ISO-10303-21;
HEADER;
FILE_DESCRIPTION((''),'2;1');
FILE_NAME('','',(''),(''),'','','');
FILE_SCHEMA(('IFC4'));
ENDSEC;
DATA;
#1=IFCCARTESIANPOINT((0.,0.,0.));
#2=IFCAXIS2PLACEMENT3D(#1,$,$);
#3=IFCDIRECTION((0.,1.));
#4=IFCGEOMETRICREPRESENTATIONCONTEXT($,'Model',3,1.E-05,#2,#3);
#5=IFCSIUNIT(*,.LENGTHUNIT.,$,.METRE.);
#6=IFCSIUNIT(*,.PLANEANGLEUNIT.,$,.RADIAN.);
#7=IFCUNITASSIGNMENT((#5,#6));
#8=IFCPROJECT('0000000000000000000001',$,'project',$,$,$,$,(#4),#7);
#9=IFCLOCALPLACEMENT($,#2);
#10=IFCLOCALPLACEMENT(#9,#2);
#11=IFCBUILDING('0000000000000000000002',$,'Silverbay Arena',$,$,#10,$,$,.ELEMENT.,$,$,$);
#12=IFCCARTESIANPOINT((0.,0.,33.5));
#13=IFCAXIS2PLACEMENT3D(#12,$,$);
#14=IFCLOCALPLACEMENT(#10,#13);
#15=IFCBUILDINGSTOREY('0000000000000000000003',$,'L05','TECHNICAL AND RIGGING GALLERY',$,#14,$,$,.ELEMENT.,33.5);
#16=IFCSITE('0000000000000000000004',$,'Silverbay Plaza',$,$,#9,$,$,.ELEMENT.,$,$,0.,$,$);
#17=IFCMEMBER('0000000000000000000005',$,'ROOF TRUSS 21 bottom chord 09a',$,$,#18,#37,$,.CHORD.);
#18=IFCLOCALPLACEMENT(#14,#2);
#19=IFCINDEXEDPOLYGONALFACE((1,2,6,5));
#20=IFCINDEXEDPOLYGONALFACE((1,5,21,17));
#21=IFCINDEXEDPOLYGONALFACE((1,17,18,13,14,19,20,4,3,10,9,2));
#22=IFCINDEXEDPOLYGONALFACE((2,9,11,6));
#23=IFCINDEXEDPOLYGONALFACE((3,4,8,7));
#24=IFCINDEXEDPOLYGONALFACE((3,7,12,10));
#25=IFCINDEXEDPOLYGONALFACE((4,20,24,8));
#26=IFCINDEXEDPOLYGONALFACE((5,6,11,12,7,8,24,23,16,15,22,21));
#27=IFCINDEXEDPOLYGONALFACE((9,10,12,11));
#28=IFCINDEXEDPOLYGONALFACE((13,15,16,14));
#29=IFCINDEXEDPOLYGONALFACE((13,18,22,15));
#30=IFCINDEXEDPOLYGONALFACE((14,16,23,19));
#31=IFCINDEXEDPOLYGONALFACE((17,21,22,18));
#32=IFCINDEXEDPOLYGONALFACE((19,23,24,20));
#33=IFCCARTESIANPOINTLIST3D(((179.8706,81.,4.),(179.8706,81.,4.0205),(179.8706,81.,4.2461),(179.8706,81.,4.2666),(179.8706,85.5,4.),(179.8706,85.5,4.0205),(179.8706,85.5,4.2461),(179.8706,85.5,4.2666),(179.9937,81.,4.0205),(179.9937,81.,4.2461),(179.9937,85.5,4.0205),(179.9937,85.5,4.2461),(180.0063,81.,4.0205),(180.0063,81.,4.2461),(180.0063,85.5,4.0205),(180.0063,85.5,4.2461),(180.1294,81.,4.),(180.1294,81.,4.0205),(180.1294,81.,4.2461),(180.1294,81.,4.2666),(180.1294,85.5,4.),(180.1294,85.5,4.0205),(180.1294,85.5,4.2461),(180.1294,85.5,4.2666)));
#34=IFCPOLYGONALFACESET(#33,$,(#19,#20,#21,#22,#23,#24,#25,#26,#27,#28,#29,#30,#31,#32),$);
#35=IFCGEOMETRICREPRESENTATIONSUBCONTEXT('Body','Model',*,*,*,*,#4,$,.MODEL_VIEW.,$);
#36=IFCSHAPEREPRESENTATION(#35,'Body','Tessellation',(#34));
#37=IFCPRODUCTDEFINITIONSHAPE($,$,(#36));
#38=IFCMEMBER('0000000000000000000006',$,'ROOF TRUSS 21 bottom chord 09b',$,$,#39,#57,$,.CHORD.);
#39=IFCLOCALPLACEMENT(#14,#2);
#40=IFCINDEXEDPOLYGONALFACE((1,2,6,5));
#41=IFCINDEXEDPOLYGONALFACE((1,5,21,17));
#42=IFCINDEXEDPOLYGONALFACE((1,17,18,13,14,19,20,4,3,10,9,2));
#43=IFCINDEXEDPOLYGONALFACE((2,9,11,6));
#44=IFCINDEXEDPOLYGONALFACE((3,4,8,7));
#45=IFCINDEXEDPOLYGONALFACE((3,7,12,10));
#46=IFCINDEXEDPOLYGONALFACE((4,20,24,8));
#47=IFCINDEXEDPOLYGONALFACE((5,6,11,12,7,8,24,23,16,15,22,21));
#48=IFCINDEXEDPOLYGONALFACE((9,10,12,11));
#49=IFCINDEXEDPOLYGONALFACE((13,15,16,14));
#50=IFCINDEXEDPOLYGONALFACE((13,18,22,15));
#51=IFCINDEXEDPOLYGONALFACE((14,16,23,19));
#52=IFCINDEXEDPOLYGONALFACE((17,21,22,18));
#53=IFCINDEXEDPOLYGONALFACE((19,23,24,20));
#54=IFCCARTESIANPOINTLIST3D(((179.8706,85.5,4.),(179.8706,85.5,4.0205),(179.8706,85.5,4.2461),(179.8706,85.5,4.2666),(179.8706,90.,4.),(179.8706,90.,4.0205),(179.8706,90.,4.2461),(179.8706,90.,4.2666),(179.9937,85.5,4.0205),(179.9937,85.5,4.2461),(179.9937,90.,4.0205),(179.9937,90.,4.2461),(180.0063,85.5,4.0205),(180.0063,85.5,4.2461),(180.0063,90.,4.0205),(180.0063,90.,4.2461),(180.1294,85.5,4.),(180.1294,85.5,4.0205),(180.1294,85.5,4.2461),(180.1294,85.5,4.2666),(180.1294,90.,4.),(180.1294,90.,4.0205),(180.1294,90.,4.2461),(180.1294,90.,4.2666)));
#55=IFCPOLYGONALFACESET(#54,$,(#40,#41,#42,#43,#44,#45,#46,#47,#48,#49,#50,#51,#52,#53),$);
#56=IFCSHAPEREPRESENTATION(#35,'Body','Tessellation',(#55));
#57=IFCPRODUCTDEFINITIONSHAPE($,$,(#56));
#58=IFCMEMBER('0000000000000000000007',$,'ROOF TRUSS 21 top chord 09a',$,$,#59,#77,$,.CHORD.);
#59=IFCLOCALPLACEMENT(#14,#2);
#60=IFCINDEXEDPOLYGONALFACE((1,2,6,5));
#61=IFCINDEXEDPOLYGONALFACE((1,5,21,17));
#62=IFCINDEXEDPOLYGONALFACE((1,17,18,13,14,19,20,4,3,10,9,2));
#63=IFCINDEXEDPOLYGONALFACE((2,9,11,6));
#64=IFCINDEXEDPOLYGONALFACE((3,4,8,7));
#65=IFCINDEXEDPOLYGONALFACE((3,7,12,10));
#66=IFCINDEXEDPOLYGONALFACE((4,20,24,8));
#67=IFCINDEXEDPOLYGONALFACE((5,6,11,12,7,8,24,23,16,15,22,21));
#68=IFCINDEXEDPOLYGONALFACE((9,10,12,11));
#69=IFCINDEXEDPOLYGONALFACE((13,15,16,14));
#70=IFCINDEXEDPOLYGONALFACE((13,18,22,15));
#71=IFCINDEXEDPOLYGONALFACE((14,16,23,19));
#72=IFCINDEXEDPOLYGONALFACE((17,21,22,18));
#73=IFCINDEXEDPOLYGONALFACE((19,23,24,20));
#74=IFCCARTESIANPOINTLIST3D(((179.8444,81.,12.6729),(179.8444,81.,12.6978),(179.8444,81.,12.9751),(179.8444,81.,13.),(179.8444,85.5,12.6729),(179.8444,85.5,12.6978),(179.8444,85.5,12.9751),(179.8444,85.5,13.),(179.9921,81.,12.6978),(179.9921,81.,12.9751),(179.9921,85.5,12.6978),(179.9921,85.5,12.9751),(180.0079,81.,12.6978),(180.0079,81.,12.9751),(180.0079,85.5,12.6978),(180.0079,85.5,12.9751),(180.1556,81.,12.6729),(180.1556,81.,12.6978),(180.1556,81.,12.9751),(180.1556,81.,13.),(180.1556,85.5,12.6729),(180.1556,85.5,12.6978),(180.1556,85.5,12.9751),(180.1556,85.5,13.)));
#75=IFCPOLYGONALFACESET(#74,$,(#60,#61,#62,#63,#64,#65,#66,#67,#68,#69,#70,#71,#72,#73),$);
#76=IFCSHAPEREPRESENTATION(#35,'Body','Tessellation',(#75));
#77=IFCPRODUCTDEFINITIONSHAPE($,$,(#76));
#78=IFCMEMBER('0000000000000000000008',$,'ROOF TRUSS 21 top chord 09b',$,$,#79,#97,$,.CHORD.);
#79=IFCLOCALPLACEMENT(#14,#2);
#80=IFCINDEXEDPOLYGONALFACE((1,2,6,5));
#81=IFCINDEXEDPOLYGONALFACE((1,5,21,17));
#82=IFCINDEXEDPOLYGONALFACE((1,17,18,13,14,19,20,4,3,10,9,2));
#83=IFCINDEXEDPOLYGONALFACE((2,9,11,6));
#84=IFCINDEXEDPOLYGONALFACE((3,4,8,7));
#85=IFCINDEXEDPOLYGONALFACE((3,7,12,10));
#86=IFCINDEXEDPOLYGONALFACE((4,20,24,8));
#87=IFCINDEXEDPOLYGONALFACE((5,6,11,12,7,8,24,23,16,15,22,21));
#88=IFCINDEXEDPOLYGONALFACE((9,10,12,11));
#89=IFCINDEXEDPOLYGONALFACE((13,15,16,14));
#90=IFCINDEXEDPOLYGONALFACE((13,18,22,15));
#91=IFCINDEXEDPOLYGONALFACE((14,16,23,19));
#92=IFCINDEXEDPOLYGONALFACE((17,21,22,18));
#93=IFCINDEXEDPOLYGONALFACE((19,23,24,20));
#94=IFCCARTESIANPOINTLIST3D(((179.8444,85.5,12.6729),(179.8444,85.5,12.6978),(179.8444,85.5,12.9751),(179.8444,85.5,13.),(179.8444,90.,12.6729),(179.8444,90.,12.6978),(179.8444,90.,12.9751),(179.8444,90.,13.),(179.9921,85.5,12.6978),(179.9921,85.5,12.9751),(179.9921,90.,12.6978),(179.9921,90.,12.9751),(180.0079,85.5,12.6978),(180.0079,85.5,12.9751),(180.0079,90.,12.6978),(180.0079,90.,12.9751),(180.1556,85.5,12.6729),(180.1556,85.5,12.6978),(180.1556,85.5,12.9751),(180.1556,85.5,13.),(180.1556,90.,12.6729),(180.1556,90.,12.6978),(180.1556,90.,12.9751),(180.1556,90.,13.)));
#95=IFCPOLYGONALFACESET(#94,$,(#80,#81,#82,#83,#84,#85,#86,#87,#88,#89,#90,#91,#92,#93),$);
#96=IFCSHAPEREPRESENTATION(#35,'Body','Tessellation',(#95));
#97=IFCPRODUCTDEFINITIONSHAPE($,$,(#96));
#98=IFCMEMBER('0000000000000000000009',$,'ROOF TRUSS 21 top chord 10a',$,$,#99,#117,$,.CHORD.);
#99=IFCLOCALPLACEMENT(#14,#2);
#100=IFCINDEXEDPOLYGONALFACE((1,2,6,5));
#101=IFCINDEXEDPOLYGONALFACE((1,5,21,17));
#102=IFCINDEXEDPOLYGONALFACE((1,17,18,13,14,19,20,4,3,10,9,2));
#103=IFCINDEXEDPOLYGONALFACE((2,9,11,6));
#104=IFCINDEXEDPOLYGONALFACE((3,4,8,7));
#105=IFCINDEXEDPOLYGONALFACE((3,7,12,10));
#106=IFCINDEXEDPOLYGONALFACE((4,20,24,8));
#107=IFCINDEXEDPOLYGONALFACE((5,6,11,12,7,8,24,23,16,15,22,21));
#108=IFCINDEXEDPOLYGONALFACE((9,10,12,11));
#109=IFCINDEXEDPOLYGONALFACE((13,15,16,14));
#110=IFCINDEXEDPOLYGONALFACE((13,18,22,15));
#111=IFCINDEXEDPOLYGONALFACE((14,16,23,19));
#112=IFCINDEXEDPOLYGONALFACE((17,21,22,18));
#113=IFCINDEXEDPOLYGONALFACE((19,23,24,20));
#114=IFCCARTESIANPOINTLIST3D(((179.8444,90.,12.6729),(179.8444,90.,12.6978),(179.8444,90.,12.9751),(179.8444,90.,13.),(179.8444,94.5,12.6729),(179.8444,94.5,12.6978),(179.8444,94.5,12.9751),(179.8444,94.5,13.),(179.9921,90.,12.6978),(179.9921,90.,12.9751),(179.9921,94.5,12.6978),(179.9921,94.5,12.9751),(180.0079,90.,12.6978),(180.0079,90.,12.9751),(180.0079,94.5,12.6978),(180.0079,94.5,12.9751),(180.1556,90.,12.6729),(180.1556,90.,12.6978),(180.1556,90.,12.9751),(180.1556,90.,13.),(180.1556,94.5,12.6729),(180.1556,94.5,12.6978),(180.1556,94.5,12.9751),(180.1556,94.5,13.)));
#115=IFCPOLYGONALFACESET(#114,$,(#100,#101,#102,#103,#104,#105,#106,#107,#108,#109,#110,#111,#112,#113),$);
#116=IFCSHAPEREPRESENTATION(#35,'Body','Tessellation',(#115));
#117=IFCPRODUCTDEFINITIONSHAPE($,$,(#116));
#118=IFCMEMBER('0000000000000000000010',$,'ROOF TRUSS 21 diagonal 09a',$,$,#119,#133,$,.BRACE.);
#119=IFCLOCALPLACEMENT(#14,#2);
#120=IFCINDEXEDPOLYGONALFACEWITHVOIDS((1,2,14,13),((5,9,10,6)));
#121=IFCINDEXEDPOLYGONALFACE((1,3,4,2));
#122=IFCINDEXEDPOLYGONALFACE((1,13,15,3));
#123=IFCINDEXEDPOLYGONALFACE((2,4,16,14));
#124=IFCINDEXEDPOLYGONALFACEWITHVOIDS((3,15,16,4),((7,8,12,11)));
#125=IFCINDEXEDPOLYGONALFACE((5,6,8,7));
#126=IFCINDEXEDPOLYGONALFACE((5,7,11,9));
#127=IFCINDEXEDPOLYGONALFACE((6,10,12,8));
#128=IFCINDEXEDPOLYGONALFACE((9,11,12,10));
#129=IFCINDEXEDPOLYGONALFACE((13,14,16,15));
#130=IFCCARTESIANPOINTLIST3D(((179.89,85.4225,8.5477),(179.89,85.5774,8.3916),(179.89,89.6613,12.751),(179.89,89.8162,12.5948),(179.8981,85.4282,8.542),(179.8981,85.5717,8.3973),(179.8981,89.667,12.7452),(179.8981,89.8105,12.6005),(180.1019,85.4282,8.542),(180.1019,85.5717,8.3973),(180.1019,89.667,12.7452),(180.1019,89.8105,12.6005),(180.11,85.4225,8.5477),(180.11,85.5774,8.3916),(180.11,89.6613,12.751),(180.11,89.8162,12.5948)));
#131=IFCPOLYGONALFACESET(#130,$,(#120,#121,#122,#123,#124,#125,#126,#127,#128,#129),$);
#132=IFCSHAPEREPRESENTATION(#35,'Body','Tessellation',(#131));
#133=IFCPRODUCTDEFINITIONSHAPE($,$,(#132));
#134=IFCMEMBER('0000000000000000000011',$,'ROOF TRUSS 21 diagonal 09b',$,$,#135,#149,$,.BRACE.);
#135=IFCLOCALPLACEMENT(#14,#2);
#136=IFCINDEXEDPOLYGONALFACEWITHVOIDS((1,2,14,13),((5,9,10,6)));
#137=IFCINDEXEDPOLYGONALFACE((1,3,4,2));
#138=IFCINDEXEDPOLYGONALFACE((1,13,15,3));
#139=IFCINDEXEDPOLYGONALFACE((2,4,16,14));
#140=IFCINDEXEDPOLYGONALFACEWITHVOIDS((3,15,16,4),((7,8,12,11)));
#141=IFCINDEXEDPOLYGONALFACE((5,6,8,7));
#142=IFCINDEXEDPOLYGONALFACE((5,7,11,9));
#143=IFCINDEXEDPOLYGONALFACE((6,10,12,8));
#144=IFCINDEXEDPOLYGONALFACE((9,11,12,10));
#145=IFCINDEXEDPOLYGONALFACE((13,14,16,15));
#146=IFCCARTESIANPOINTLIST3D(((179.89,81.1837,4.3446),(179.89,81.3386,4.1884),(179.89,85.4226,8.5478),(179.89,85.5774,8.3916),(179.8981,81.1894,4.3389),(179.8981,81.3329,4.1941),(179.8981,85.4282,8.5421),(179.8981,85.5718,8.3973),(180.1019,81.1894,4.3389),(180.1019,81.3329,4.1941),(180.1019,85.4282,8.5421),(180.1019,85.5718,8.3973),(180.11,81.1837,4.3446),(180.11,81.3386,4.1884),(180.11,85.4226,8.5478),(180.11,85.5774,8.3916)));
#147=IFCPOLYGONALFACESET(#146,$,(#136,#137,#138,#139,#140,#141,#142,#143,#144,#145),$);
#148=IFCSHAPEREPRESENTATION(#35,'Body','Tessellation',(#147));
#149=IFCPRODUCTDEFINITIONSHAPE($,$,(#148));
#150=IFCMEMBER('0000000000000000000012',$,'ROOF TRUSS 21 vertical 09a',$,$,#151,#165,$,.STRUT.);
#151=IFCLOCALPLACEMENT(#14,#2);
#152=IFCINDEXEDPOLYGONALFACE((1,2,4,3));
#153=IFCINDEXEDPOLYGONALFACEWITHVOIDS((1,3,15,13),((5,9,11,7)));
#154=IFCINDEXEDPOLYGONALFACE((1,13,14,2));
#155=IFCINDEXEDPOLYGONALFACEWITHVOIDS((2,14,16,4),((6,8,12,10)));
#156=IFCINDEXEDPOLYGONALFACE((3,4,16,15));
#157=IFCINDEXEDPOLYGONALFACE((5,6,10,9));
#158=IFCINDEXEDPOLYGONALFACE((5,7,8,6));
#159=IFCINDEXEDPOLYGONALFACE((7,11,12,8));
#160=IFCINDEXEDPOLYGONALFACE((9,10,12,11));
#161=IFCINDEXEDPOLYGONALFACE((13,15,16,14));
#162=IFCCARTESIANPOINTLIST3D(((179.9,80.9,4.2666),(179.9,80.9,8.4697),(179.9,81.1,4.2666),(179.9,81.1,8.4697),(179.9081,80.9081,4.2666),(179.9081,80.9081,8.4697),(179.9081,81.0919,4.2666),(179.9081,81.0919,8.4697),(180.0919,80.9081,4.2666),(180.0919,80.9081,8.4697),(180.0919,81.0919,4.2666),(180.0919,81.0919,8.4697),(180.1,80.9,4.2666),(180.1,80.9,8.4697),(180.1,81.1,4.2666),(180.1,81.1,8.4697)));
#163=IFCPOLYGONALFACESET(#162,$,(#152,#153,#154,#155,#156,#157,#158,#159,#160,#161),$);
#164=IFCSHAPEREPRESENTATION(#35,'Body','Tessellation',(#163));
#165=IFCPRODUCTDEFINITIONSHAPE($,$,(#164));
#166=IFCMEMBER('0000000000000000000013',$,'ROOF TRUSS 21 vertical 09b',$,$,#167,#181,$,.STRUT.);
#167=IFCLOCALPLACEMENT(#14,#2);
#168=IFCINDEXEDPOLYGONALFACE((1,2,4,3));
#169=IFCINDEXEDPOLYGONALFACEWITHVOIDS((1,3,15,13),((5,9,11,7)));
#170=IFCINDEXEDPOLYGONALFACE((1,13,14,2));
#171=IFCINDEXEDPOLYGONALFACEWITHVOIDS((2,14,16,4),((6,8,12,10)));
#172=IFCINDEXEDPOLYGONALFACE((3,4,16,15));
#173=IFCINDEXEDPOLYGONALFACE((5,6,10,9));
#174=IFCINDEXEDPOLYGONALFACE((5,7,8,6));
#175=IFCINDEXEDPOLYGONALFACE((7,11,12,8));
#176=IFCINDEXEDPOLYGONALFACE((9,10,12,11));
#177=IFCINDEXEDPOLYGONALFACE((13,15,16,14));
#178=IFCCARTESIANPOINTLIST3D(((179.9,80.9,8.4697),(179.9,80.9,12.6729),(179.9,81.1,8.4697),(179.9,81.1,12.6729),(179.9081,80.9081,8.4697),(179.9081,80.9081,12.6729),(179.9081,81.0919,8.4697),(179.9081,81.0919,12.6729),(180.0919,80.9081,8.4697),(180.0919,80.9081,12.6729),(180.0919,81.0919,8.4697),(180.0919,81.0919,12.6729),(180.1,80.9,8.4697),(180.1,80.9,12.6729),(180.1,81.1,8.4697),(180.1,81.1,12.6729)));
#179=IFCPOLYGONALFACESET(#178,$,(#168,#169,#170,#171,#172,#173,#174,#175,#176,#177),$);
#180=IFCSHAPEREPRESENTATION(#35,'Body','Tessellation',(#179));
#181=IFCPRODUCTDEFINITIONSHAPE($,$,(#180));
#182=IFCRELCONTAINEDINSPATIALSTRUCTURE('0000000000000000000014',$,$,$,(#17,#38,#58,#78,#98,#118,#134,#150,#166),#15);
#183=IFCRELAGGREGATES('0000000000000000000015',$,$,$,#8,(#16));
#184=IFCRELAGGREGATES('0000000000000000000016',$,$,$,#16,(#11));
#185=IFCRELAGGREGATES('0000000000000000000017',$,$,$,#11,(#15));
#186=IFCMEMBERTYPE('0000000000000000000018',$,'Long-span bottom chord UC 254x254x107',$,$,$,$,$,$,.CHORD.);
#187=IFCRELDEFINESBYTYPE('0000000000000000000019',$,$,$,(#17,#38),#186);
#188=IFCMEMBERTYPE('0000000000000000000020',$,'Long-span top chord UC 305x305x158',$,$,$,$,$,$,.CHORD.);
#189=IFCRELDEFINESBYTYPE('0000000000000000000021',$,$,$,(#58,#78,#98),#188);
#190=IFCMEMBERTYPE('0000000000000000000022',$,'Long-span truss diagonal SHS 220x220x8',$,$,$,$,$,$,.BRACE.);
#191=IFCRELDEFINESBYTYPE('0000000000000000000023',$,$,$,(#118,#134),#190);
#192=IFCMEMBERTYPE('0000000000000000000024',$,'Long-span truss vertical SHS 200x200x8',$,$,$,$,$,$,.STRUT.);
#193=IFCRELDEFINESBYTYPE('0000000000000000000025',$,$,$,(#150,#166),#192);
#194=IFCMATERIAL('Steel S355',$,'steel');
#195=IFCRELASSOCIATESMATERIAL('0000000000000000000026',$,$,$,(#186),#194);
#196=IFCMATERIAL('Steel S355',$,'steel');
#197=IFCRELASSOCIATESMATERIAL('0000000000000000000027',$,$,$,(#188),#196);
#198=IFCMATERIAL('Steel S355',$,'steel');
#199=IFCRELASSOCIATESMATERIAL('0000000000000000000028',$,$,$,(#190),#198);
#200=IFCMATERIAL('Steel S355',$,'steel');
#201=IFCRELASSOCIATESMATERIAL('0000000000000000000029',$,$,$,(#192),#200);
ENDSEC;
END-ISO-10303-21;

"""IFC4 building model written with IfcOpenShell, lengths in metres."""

from ifc_helpers import new_model, si_unit, direction, frame, origin, origin_2d, place, context, subcontext, project, spatial, hollow_rectangle, i_section, extrude, material, material_profile, profile_set, type_object, element, save


model = new_model("IFC4")

# Units and contexts
model_context = context("Model", 3, precision=1e-05, world=origin(), true_north=direction((0.0, 1.0)))
body_context = subcontext(model_context, "Body", "Model", "MODEL_VIEW")
ifc_project = project(units=[si_unit("LENGTHUNIT", "METRE"), si_unit("PLANEANGLEUNIT", "RADIAN")], contexts=[model_context])

# Site, building, storey
site_placement = place(None, origin())
site = spatial("IfcSite", under=ifc_project, at=site_placement, Name="Silverbay Plaza", CompositionType="ELEMENT", RefElevation=0.0)
building_placement = place(site_placement, origin())
building = spatial("IfcBuilding", under=site, at=building_placement, Name="Silverbay Arena", CompositionType="ELEMENT")
storey_placement = place(building_placement, frame((0.0, 0.0, 33.5)))
storey = spatial("IfcBuildingStorey", under=building, at=storey_placement, Name="L05", Description="TECHNICAL AND RIGGING GALLERY", CompositionType="ELEMENT", Elevation=33.5)

# Members
ifc_material_1 = material(Name="Steel S355", Category="steel")
ifc_material_profile_1 = material_profile(ifc_material_1, i_section(OverallWidth=0.2588, OverallDepth=0.2666, WebThickness=0.0127, FlangeThickness=0.0205, at=origin_2d()), Name="UC 254x254x107")
ifc_profile_set_1 = profile_set([ifc_material_profile_1], Name="Steel S355")
member_type_1 = type_object("IfcMemberType", Name="Long-span bottom chord UC 254x254x107", PredefinedType="CHORD", material=ifc_profile_set_1)
for number, where, z_axis, x_axis, name in (
    (1, (180.0, 81.0, 4.1333), (0.0, 1.0, 0.0), (-1.0, 0.0, 0.0), "ROOF TRUSS 21 bottom chord 09a"),
    (2, (180.0, 85.5, 4.1333), (0.0, 1.0, 0.0), (-1.0, 0.0, 0.0), "ROOF TRUSS 21 bottom chord 09b"),
):
    element("IfcMember", number, at=place(storey_placement, frame(where, z_axis=z_axis, x_axis=x_axis)), inside=storey, type_object=member_type_1, Name=name, PredefinedType="CHORD", context=body_context, shape_type="SweptSolid", body=[
        extrude(i_section(OverallWidth=0.2588, OverallDepth=0.2666, WebThickness=0.0127, FlangeThickness=0.0205, at=origin_2d()), origin(), (0.0, 0.0, 1.0), 4.5),
    ])
ifc_material_2 = material(Name="Steel S355", Category="steel")
ifc_material_profile_2 = material_profile(ifc_material_2, i_section(OverallWidth=0.3113, OverallDepth=0.3271, WebThickness=0.0159, FlangeThickness=0.0249, at=origin_2d()), Name="UC 305x305x158")
ifc_profile_set_2 = profile_set([ifc_material_profile_2], Name="Steel S355")
member_type_2 = type_object("IfcMemberType", Name="Long-span top chord UC 305x305x158", PredefinedType="CHORD", material=ifc_profile_set_2)
for number, where, z_axis, x_axis, name in (
    (3, (180.0, 81.0, 12.8364), (0.0, 1.0, 0.0), (-1.0, 0.0, 0.0), "ROOF TRUSS 21 top chord 09a"),
    (4, (180.0, 85.5, 12.8364), (0.0, 1.0, 0.0), (-1.0, 0.0, 0.0), "ROOF TRUSS 21 top chord 09b"),
    (5, (180.0, 90.0, 12.8364), (0.0, 1.0, 0.0), (-1.0, 0.0, 0.0), "ROOF TRUSS 21 top chord 10a"),
):
    element("IfcMember", number, at=place(storey_placement, frame(where, z_axis=z_axis, x_axis=x_axis)), inside=storey, type_object=member_type_2, Name=name, PredefinedType="CHORD", context=body_context, shape_type="SweptSolid", body=[
        extrude(i_section(OverallWidth=0.3113, OverallDepth=0.3271, WebThickness=0.0159, FlangeThickness=0.0249, at=origin_2d()), origin(), (0.0, 0.0, 1.0), 4.5),
    ])
ifc_material_3 = material(Name="Steel S355", Category="steel")
ifc_material_profile_3 = material_profile(ifc_material_3, hollow_rectangle(XDim=0.22, YDim=0.22, WallThickness=0.0081, at=origin_2d()), Name="SHS 220x220x8")
ifc_profile_set_3 = profile_set([ifc_material_profile_3], Name="Steel S355")
member_type_3 = type_object("IfcMemberType", Name="Long-span truss diagonal SHS 220x220x8", PredefinedType="BRACE", material=ifc_profile_set_3)
for number, where, z_axis, x_axis, name in (
    (6, (180.0, 89.7388, 12.6729), (0.0, -0.710086, -0.704115), (1.0, 0.0, 0.0), "ROOF TRUSS 21 diagonal 09a"),
    (7, (180.0, 85.5, 8.4697), (0.0, -0.710086, -0.704115), (1.0, 0.0, 0.0), "ROOF TRUSS 21 diagonal 09b"),
):
    element("IfcMember", number, at=place(storey_placement, frame(where, z_axis=z_axis, x_axis=x_axis)), inside=storey, type_object=member_type_3, Name=name, PredefinedType="BRACE", context=body_context, shape_type="SweptSolid", body=[
        extrude(hollow_rectangle(XDim=0.22, YDim=0.22, WallThickness=0.0081, at=origin_2d()), origin(), (0.0, 0.0, 1.0), 5.9695),
    ])
ifc_material_4 = material(Name="Steel S355", Category="steel")
ifc_material_profile_4 = material_profile(ifc_material_4, hollow_rectangle(XDim=0.2, YDim=0.2, WallThickness=0.0081, at=origin_2d()), Name="SHS 200x200x8")
ifc_profile_set_4 = profile_set([ifc_material_profile_4], Name="Steel S355")
member_type_4 = type_object("IfcMemberType", Name="Long-span truss vertical SHS 200x200x8", PredefinedType="STRUT", material=ifc_profile_set_4)
for number, where, z_axis, x_axis, name in (
    (8, (180.0, 81.0, 4.2666), (0.0, 0.0, 1.0), (1.0, 0.0, 0.0), "ROOF TRUSS 21 vertical 09a"),
    (9, (180.0, 81.0, 8.4697), (0.0, 0.0, 1.0), (1.0, 0.0, 0.0), "ROOF TRUSS 21 vertical 09b"),
):
    element("IfcMember", number, at=place(storey_placement, frame(where, z_axis=z_axis, x_axis=x_axis)), inside=storey, type_object=member_type_4, Name=name, PredefinedType="STRUT", context=body_context, shape_type="SweptSolid", body=[
        extrude(hollow_rectangle(XDim=0.2, YDim=0.2, WallThickness=0.0081, at=origin_2d()), origin(), (0.0, 0.0, 1.0), 4.2031),
    ])

save(model, "model.ifc")
